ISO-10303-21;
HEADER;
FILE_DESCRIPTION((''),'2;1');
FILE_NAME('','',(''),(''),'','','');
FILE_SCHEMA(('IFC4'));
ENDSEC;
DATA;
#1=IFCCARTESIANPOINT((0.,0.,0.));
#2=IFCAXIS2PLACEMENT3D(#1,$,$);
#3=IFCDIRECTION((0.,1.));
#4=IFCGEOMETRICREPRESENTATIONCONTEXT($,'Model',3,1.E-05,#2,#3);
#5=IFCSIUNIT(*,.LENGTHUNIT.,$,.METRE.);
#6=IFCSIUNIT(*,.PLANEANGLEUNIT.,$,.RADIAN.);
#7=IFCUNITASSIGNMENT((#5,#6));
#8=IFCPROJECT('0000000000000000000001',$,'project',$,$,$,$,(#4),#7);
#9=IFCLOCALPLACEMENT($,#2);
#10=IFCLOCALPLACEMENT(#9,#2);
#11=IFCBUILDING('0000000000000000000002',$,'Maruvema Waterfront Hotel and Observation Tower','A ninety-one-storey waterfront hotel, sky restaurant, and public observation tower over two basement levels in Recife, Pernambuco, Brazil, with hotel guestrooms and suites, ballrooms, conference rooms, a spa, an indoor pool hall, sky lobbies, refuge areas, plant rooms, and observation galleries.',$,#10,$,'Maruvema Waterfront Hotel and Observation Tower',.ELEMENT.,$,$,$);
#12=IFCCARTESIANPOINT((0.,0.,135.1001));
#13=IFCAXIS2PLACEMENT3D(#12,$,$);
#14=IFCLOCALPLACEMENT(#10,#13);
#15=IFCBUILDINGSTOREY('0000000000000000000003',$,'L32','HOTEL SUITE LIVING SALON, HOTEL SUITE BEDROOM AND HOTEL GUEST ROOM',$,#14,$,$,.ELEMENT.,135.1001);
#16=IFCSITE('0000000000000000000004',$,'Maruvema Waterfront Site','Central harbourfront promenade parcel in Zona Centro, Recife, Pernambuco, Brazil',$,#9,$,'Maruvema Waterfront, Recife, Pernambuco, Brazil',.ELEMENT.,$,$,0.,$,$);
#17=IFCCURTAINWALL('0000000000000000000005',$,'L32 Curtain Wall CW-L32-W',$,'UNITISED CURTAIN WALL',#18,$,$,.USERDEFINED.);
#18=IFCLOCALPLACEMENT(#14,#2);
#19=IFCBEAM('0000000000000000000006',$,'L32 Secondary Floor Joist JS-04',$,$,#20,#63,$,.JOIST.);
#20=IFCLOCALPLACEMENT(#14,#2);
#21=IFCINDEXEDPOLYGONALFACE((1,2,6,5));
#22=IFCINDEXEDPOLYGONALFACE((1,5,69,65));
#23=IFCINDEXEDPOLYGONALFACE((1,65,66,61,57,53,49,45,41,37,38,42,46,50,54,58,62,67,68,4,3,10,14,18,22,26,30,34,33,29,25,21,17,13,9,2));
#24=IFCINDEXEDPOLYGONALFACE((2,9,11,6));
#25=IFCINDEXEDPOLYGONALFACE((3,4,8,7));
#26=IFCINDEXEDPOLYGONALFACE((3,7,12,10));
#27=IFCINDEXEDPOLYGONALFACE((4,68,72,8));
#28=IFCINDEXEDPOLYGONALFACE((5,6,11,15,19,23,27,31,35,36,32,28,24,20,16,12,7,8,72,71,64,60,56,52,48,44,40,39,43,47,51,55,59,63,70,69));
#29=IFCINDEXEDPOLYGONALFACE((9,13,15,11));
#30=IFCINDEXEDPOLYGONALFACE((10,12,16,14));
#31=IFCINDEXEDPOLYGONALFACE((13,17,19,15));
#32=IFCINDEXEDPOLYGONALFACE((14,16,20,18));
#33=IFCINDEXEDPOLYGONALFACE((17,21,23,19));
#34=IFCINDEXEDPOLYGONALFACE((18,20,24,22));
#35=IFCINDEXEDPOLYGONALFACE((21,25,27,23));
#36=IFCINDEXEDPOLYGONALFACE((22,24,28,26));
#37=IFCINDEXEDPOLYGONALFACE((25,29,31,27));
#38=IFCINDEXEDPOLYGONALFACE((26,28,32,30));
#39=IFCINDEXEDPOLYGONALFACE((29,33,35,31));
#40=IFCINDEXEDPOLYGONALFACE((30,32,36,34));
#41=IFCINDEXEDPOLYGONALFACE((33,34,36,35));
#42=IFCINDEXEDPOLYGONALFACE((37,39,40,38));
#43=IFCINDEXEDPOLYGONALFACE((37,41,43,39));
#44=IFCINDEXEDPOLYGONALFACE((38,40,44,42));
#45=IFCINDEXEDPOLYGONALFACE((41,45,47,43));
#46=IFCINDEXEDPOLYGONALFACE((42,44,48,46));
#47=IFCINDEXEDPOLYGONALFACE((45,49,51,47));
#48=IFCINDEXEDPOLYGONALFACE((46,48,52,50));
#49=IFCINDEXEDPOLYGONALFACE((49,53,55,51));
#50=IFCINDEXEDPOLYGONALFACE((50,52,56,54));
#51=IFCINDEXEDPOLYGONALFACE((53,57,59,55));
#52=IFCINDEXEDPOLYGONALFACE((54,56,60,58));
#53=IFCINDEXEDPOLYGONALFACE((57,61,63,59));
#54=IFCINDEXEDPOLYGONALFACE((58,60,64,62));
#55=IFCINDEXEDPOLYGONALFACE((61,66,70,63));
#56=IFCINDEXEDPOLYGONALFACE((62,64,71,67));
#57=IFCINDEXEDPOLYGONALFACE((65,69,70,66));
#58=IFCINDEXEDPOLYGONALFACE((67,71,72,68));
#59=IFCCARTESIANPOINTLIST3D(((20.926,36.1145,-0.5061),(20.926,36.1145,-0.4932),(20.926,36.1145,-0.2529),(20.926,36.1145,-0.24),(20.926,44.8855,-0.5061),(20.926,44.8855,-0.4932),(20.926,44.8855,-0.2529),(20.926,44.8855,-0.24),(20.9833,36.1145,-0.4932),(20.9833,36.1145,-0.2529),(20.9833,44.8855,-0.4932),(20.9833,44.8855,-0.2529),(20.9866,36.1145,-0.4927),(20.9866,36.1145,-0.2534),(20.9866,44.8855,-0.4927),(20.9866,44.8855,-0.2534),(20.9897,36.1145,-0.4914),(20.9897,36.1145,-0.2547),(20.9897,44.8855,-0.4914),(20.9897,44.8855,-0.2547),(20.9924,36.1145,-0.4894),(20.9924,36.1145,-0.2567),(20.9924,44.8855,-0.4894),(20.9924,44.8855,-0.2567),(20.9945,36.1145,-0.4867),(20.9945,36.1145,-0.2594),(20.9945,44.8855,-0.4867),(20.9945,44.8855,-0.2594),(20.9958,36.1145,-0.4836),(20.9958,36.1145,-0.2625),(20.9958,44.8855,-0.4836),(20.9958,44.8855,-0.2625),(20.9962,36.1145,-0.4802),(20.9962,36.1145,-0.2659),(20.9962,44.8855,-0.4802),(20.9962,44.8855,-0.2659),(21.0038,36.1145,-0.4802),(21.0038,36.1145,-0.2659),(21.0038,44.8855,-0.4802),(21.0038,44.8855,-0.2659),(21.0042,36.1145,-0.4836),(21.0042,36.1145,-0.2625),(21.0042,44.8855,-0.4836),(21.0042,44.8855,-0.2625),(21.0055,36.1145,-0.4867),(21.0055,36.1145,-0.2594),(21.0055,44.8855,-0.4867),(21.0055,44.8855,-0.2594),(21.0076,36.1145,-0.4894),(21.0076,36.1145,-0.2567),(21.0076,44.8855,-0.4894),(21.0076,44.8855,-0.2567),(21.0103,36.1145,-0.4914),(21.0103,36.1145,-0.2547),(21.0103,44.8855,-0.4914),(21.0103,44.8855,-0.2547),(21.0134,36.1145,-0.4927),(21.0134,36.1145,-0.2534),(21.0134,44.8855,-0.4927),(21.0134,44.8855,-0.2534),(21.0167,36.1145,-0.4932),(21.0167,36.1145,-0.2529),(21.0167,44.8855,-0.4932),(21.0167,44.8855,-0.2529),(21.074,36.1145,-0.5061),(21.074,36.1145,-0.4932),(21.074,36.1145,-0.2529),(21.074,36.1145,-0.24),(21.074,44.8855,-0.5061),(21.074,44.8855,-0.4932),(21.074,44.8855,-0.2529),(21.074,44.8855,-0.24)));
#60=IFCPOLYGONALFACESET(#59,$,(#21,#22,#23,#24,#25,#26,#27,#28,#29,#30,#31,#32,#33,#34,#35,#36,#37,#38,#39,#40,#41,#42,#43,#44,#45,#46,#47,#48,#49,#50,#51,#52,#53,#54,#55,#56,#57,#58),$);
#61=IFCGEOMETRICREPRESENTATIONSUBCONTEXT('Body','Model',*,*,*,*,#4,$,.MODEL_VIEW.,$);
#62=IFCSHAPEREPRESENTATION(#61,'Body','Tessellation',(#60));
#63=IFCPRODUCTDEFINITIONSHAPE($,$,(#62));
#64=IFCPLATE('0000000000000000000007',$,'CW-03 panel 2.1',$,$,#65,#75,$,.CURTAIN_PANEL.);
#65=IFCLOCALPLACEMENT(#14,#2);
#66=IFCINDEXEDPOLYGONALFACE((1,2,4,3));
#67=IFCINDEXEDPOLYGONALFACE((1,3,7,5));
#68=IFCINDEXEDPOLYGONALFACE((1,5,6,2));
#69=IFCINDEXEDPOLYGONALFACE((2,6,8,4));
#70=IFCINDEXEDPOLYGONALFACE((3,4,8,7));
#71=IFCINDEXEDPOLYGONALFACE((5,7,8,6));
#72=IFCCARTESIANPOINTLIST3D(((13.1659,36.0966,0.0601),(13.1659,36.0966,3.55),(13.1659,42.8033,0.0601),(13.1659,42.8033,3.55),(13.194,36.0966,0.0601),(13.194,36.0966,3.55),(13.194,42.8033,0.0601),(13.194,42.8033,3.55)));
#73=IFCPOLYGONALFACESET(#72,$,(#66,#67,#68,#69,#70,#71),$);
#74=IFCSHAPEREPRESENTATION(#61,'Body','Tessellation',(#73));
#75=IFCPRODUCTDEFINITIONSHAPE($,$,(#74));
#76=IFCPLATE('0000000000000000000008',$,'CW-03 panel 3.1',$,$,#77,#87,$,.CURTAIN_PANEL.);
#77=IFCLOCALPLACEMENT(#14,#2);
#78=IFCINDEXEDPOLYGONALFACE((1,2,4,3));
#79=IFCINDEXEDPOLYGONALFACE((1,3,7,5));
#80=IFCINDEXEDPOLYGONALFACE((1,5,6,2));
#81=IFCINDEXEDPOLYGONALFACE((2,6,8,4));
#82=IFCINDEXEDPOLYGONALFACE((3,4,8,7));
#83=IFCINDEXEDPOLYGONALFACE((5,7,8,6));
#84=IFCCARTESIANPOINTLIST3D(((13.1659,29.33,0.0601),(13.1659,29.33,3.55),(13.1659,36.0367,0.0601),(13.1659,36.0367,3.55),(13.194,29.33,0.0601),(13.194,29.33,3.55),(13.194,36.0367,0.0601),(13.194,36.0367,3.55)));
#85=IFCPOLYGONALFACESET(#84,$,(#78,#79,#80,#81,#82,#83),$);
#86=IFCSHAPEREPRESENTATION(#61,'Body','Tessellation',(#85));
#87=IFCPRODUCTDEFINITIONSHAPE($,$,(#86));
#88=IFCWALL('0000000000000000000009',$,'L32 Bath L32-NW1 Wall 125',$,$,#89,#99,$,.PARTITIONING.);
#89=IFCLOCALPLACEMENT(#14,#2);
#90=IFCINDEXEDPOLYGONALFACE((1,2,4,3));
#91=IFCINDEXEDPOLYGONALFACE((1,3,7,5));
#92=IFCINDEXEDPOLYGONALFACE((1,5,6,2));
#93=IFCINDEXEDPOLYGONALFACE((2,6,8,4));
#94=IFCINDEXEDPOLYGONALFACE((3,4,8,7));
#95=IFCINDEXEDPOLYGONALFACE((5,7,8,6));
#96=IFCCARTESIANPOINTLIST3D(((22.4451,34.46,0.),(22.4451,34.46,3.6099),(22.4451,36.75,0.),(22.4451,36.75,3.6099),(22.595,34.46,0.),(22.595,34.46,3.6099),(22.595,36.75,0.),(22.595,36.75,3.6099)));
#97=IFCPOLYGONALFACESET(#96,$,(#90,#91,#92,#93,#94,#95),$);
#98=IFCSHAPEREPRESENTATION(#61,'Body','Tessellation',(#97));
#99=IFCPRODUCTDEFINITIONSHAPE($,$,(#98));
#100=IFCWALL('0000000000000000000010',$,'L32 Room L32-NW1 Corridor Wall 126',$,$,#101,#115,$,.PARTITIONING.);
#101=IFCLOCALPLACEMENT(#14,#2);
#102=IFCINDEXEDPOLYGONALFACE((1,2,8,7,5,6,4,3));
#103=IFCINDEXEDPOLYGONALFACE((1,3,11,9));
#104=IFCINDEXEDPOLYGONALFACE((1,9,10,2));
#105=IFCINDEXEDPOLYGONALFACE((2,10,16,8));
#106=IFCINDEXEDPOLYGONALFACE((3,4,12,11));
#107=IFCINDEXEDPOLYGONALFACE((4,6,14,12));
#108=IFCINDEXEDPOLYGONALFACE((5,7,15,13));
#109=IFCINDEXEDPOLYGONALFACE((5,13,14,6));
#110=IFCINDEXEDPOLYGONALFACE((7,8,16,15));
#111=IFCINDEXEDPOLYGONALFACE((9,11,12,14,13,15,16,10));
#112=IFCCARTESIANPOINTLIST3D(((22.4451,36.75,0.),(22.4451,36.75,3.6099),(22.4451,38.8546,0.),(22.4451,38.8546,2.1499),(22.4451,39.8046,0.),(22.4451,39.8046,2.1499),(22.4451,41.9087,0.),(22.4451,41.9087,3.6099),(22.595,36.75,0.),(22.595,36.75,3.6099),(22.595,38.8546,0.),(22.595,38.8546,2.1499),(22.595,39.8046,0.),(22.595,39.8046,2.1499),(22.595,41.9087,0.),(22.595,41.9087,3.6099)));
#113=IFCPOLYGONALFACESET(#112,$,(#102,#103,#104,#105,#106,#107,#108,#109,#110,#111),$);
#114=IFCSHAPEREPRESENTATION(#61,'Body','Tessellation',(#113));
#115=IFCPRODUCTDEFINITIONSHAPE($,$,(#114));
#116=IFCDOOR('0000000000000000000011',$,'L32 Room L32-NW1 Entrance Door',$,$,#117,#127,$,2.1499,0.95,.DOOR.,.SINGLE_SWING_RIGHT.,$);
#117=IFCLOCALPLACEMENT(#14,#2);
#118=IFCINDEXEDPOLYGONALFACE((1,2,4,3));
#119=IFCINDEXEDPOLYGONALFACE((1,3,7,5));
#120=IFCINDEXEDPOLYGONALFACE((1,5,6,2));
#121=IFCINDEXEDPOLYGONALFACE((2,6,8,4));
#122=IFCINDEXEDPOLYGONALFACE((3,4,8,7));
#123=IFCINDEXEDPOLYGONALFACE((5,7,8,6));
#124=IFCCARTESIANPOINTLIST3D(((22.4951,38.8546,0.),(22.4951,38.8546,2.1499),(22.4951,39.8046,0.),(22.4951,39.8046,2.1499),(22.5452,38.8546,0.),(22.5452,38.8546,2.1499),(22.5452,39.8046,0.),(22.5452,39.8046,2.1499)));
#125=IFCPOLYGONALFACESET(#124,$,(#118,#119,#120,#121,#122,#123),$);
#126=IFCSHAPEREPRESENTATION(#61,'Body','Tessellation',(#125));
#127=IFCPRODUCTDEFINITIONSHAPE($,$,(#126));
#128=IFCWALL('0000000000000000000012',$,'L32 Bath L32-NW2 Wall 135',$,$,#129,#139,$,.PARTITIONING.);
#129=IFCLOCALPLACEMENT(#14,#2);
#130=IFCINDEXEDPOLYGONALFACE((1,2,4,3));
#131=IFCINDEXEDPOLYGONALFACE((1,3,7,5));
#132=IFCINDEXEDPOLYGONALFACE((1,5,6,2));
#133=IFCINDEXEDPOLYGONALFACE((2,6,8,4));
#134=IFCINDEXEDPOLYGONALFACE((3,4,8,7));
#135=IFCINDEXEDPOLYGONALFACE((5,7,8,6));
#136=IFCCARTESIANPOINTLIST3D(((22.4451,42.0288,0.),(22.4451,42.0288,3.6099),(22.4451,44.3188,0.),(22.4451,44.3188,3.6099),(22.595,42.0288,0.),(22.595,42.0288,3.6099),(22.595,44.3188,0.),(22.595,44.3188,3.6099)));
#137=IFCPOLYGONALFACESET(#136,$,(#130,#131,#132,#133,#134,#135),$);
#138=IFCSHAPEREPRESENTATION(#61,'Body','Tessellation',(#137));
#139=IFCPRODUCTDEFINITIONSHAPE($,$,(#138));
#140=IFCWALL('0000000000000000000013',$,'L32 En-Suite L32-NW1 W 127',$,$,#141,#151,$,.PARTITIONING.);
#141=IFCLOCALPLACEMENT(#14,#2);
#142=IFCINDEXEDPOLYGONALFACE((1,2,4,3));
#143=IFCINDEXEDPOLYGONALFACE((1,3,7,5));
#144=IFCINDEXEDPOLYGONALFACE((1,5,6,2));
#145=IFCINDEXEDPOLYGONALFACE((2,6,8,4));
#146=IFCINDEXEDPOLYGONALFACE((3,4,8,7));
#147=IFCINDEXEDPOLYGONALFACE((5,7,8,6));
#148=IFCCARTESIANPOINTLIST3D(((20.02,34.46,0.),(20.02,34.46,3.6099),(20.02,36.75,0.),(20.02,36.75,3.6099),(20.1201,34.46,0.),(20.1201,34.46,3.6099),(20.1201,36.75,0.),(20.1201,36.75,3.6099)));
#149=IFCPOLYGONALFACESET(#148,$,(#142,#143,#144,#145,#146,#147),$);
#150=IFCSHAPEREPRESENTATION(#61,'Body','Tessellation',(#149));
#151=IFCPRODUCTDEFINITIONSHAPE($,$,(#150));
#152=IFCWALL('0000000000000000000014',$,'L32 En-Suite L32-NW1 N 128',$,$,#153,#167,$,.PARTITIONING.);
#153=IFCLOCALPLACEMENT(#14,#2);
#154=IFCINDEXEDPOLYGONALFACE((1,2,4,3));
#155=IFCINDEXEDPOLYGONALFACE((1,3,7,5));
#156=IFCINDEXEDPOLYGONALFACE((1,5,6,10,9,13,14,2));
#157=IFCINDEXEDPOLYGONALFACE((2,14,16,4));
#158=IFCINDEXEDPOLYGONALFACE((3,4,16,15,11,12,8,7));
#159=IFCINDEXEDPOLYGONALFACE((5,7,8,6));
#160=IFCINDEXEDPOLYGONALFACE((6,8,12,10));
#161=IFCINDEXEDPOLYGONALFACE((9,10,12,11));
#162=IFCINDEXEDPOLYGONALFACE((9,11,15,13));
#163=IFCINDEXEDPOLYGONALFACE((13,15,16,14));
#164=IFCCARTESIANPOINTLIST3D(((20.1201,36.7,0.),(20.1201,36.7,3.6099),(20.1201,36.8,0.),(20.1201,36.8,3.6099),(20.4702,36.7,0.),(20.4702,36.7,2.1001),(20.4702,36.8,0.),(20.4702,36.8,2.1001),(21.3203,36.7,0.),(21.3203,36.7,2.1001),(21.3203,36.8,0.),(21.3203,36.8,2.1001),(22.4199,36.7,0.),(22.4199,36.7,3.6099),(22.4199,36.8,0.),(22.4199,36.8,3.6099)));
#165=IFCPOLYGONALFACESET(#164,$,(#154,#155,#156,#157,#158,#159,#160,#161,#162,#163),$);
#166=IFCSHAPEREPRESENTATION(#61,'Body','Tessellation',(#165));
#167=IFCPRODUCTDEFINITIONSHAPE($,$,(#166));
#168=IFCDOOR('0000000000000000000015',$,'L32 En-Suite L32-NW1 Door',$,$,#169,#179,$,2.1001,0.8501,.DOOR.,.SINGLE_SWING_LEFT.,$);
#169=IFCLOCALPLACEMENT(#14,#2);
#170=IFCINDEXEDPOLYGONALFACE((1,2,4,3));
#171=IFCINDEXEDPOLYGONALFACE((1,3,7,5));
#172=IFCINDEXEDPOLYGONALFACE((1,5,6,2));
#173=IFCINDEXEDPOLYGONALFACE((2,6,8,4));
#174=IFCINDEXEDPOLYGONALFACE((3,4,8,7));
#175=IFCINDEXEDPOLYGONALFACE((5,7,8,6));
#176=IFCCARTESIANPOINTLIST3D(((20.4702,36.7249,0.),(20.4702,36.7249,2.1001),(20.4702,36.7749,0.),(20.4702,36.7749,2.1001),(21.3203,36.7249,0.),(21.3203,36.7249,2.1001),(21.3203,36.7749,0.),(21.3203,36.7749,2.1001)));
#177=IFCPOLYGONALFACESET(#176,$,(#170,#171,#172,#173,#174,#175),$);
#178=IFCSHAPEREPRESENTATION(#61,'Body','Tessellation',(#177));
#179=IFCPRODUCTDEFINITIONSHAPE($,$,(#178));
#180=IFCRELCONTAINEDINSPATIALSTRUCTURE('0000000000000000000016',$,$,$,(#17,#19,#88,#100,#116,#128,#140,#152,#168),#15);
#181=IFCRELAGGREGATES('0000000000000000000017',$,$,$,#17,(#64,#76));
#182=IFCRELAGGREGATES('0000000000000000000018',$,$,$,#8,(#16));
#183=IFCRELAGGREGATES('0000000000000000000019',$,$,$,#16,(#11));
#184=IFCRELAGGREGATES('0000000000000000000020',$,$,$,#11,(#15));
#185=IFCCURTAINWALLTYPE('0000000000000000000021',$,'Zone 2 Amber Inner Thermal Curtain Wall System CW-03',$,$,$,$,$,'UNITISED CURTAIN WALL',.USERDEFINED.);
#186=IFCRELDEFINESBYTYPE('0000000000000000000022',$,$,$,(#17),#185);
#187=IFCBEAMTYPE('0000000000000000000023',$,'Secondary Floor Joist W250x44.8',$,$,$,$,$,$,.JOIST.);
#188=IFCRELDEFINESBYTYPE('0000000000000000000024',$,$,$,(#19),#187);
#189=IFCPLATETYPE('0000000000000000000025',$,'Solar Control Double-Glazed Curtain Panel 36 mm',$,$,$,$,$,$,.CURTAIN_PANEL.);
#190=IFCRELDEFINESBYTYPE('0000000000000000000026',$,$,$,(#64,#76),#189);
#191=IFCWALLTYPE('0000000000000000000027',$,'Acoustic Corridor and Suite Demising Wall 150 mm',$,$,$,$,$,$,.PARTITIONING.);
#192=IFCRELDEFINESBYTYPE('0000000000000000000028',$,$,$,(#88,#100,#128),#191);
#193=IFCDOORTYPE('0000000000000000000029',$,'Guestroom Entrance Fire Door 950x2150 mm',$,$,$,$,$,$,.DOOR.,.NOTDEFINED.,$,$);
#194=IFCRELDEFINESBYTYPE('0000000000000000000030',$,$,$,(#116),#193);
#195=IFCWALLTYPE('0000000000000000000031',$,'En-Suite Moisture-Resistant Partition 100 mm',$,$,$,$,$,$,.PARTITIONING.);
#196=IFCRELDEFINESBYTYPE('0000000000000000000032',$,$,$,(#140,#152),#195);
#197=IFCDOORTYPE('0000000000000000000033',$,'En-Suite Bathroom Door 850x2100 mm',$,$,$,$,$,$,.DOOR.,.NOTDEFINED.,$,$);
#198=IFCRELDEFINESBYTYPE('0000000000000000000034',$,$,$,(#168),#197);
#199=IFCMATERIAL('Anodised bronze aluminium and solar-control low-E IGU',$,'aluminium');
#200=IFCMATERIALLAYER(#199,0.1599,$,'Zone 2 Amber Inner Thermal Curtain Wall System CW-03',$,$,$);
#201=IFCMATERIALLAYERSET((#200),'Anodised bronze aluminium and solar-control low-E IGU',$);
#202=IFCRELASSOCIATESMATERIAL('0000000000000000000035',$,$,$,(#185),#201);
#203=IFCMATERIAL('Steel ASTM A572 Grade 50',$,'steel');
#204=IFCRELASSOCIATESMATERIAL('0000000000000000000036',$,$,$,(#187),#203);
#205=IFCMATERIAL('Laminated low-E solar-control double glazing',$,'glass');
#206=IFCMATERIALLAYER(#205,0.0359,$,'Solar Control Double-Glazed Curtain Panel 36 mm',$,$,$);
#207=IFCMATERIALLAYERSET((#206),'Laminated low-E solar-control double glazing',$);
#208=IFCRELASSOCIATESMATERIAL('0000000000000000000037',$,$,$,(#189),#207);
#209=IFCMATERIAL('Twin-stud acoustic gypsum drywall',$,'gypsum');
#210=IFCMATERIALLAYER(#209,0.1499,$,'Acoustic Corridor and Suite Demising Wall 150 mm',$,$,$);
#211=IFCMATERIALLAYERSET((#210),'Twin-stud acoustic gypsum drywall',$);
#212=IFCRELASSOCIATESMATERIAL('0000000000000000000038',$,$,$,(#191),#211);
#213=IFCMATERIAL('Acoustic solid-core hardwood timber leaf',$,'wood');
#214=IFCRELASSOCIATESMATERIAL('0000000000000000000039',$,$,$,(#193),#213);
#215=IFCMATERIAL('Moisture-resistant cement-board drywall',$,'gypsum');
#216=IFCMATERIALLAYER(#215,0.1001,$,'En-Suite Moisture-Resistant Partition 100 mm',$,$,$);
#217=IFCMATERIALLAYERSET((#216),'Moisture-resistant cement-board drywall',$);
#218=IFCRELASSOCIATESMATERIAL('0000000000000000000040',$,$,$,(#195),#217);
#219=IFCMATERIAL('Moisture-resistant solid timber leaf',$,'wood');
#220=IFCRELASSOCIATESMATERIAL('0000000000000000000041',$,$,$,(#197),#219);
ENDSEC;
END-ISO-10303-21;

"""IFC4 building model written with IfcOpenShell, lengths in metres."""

from ifc_helpers import new_model, si_unit, direction, frame, frame_2d, origin, origin_2d, place, context, subcontext, project, spatial, rectangle, i_section, extrude, material, layer, layer_set, material_profile, profile_set, type_object, element, fill, aggregate, save


model = new_model("IFC4")

# Units and contexts
model_context = context("Model", 3, precision=1e-05, world=origin(), true_north=direction((0.0, 1.0)))
body_context = subcontext(model_context, "Body", "Model", "MODEL_VIEW")
ifc_project = project(units=[si_unit("LENGTHUNIT", "METRE"), si_unit("PLANEANGLEUNIT", "RADIAN")], contexts=[model_context])

# Site, building, storey
site_placement = place(None, origin())
site = spatial("IfcSite", under=ifc_project, at=site_placement, Name="Maruvema Waterfront Site", Description="Central harbourfront promenade parcel in Zona Centro, Recife, Pernambuco, Brazil", LongName="Maruvema Waterfront, Recife, Pernambuco, Brazil", CompositionType="ELEMENT", RefElevation=0.0)
building_placement = place(site_placement, origin())
building = spatial("IfcBuilding", under=site, at=building_placement, Name="Maruvema Waterfront Hotel and Observation Tower", Description="A ninety-one-storey waterfront hotel, sky restaurant, and public observation tower over two basement levels in Recife, Pernambuco, Brazil, with hotel guestrooms and suites, ballrooms, conference rooms, a spa, an indoor pool hall, sky lobbies, refuge areas, plant rooms, and observation galleries.", LongName="Maruvema Waterfront Hotel and Observation Tower", CompositionType="ELEMENT")
storey_placement = place(building_placement, frame((0.0, 0.0, 135.1001)))
storey = spatial("IfcBuildingStorey", under=building, at=storey_placement, Name="L32", Description="HOTEL SUITE LIVING SALON, HOTEL SUITE BEDROOM AND HOTEL GUEST ROOM", CompositionType="ELEMENT", Elevation=135.1001)

# Curtain wall
ifc_material_1 = material(Name="Anodised bronze aluminium and solar-control low-E IGU", Category="aluminium")
ifc_layer_1 = layer(ifc_material_1, 0.1599, Name="Zone 2 Amber Inner Thermal Curtain Wall System CW-03")
ifc_layer_set_1 = layer_set([ifc_layer_1], Name="Anodised bronze aluminium and solar-control low-E IGU")
curtain_wall_type = type_object("IfcCurtainWallType", Name="Zone 2 Amber Inner Thermal Curtain Wall System CW-03", ElementType="UNITISED CURTAIN WALL", PredefinedType="USERDEFINED", material=ifc_layer_set_1)
curtain_wall_placement = place(storey_placement, origin())
curtain_wall = element("IfcCurtainWall", 1, at=curtain_wall_placement, inside=storey, type_object=curtain_wall_type, Name="L32 Curtain Wall CW-L32-W", ObjectType="UNITISED CURTAIN WALL", PredefinedType="USERDEFINED")

# Beam
ifc_material_2 = material(Name="Steel ASTM A572 Grade 50", Category="steel")
ifc_material_profile_1 = material_profile(ifc_material_2, i_section(OverallWidth=0.1479, OverallDepth=0.2661, WebThickness=0.0076, FlangeThickness=0.0129, FilletRadius=0.0129, at=origin_2d()), Name="W250x44.8")
ifc_profile_set_1 = profile_set([ifc_material_profile_1], Name="Steel ASTM A572 Grade 50")
beam_type_1 = type_object("IfcBeamType", Name="Secondary Floor Joist W250x44.8", PredefinedType="JOIST", material=ifc_profile_set_1)
beam_1_placement = place(storey_placement, frame((21.0, 36.1145, -0.373), z_axis=(0.0, 1.0, 0.0), x_axis=(-1.0, 0.0, 0.0)))
element("IfcBeam", 2, at=beam_1_placement, inside=storey, type_object=beam_type_1, Name="L32 Secondary Floor Joist JS-04", PredefinedType="JOIST", context=body_context, shape_type="SweptSolid", body=[
    extrude(i_section(OverallWidth=0.1479, OverallDepth=0.2661, WebThickness=0.0076, FlangeThickness=0.0129, FilletRadius=0.0129, at=origin_2d()), origin(), (0.0, 0.0, 1.0), 8.771),
])

# Plates
ifc_material_3 = material(Name="Laminated low-E solar-control double glazing", Category="glass")
ifc_layer_2 = layer(ifc_material_3, 0.0359, Name="Solar Control Double-Glazed Curtain Panel 36 mm")
ifc_layer_set_2 = layer_set([ifc_layer_2], Name="Laminated low-E solar-control double glazing")
plate_type = type_object("IfcPlateType", Name="Solar Control Double-Glazed Curtain Panel 36 mm", PredefinedType="CURTAIN_PANEL", material=ifc_layer_set_2)
plate_1_placement = place(storey_placement, frame((13.1799, 39.45, 0.0601), z_axis=(0.0, 0.0, 1.0), x_axis=(0.0, -1.0, 0.0)))
plate_1 = element("IfcPlate", 3, at=plate_1_placement, type_object=plate_type, Name="CW-03 panel 2.1", PredefinedType="CURTAIN_PANEL", context=body_context, shape_type="SweptSolid", body=[
    extrude(rectangle(XDim=6.7068, YDim=0.0281, at=origin_2d()), origin(), (0.0, 0.0, 1.0), 3.49),
])
plate_2_placement = place(storey_placement, frame((13.1799, 32.6833, 0.0601), z_axis=(0.0, 0.0, 1.0), x_axis=(0.0, -1.0, 0.0)))
plate_2 = element("IfcPlate", 4, at=plate_2_placement, type_object=plate_type, Name="CW-03 panel 3.1", PredefinedType="CURTAIN_PANEL", context=body_context, shape_type="SweptSolid", body=[
    extrude(rectangle(XDim=6.7068, YDim=0.0281, at=origin_2d()), origin(), (0.0, 0.0, 1.0), 3.49),
])
aggregate(curtain_wall, [plate_1, plate_2])

# Wall
ifc_material_4 = material(Name="Twin-stud acoustic gypsum drywall", Category="gypsum")
ifc_layer_3 = layer(ifc_material_4, 0.1499, Name="Acoustic Corridor and Suite Demising Wall 150 mm")
ifc_layer_set_3 = layer_set([ifc_layer_3], Name="Twin-stud acoustic gypsum drywall")
wall_type_1 = type_object("IfcWallType", Name="Acoustic Corridor and Suite Demising Wall 150 mm", PredefinedType="PARTITIONING", material=ifc_layer_set_3)
wall_1_placement = place(storey_placement, frame((22.52, 34.46, 0.0), z_axis=(0.0, 0.0, 1.0), x_axis=(0.0, 1.0, 0.0)))
element("IfcWall", 5, at=wall_1_placement, inside=storey, type_object=wall_type_1, Name="L32 Bath L32-NW1 Wall 125", PredefinedType="PARTITIONING", context=body_context, shape_type="SweptSolid", body=[
    extrude(rectangle(XDim=2.29, YDim=0.1499, at=frame_2d((1.145, 0.0))), origin(), (0.0, 0.0, 1.0), 3.6099),
])

# Wall, opening, door
wall_2_placement = place(storey_placement, frame((22.52, 36.75, 0.0), z_axis=(0.0, 0.0, 1.0), x_axis=(0.0, 1.0, 0.0)))
wall_2 = element("IfcWall", 6, at=wall_2_placement, inside=storey, type_object=wall_type_1, Name="L32 Room L32-NW1 Corridor Wall 126", PredefinedType="PARTITIONING", context=body_context, shape_type="SweptSolid", body=[
    extrude(rectangle(XDim=5.1587, YDim=0.1499, at=frame_2d((2.5793, 0.0))), origin(), (0.0, 0.0, 1.0), 3.6099),
])
opening_1_placement = place(wall_2_placement, frame((2.1045, 0.0, 0.0)))
opening_1 = element("IfcOpeningElement", 7, at=opening_1_placement, cuts=wall_2, PredefinedType="OPENING", context=body_context, shape_type="SweptSolid", body=[
    extrude(rectangle(XDim=0.95, YDim=2.1499, at=frame_2d((0.4751, 1.075))), frame((0.0, 0.085, 0.0), z_axis=(0.0, -1.0, 0.0), x_axis=(1.0, 0.0, 0.0)), (0.0, 0.0, 1.0), 0.1699),
])
ifc_material_5 = material(Name="Acoustic solid-core hardwood timber leaf", Category="wood")
door_type_1 = type_object("IfcDoorType", Name="Guestroom Entrance Fire Door 950x2150 mm", OperationType="NOTDEFINED", PredefinedType="DOOR", material=ifc_material_5)
door_1_placement = place(opening_1_placement, origin())
door_1 = element("IfcDoor", 8, at=door_1_placement, inside=storey, type_object=door_type_1, Name="L32 Room L32-NW1 Entrance Door", OperationType="SINGLE_SWING_RIGHT", OverallHeight=2.1499, OverallWidth=0.95, PredefinedType="DOOR", context=body_context, shape_type="SweptSolid", body=[
    extrude(rectangle(XDim=0.95, YDim=2.1499, at=frame_2d((0.4751, 1.075))), frame((0.0, 0.0249, 0.0), z_axis=(0.0, -1.0, 0.0), x_axis=(1.0, 0.0, 0.0)), (0.0, 0.0, 1.0), 0.05),
])
fill(opening_1, door_1)

# Walls
wall_3_placement = place(storey_placement, frame((22.52, 42.0288, 0.0), z_axis=(0.0, 0.0, 1.0), x_axis=(0.0, 1.0, 0.0)))
element("IfcWall", 9, at=wall_3_placement, inside=storey, type_object=wall_type_1, Name="L32 Bath L32-NW2 Wall 135", PredefinedType="PARTITIONING", context=body_context, shape_type="SweptSolid", body=[
    extrude(rectangle(XDim=2.29, YDim=0.1499, at=frame_2d((1.145, 0.0))), origin(), (0.0, 0.0, 1.0), 3.6099),
])
ifc_material_6 = material(Name="Moisture-resistant cement-board drywall", Category="gypsum")
ifc_layer_4 = layer(ifc_material_6, 0.1001, Name="En-Suite Moisture-Resistant Partition 100 mm")
ifc_layer_set_4 = layer_set([ifc_layer_4], Name="Moisture-resistant cement-board drywall")
wall_type_2 = type_object("IfcWallType", Name="En-Suite Moisture-Resistant Partition 100 mm", PredefinedType="PARTITIONING", material=ifc_layer_set_4)
wall_4_placement = place(storey_placement, frame((20.0701, 34.46, 0.0), z_axis=(0.0, 0.0, 1.0), x_axis=(0.0, 1.0, 0.0)))
element("IfcWall", 10, at=wall_4_placement, inside=storey, type_object=wall_type_2, Name="L32 En-Suite L32-NW1 W 127", PredefinedType="PARTITIONING", context=body_context, shape_type="SweptSolid", body=[
    extrude(rectangle(XDim=2.29, YDim=0.1001, at=frame_2d((1.145, 0.0))), origin(), (0.0, 0.0, 1.0), 3.6099),
])

# Wall, opening, door
wall_5_placement = place(storey_placement, frame((20.1201, 36.75, 0.0), z_axis=(0.0, 0.0, 1.0), x_axis=(1.0, 0.0, 0.0)))
wall_5 = element("IfcWall", 11, at=wall_5_placement, inside=storey, type_object=wall_type_2, Name="L32 En-Suite L32-NW1 N 128", PredefinedType="PARTITIONING", context=body_context, shape_type="SweptSolid", body=[
    extrude(rectangle(XDim=2.2998, YDim=0.1001, at=frame_2d((1.1499, 0.0))), origin(), (0.0, 0.0, 1.0), 3.6099),
])
opening_2_placement = place(wall_5_placement, frame((0.3501, 0.0, 0.0)))
opening_2 = element("IfcOpeningElement", 12, at=opening_2_placement, cuts=wall_5, PredefinedType="OPENING", context=body_context, shape_type="SweptSolid", body=[
    extrude(rectangle(XDim=0.8501, YDim=2.1001, at=frame_2d((0.425, 1.05))), frame((0.0, 0.0601, 0.0), z_axis=(0.0, -1.0, 0.0), x_axis=(1.0, 0.0, 0.0)), (0.0, 0.0, 1.0), 0.1201),
])
ifc_material_7 = material(Name="Moisture-resistant solid timber leaf", Category="wood")
door_type_2 = type_object("IfcDoorType", Name="En-Suite Bathroom Door 850x2100 mm", OperationType="NOTDEFINED", PredefinedType="DOOR", material=ifc_material_7)
door_2_placement = place(opening_2_placement, origin())
door_2 = element("IfcDoor", 13, at=door_2_placement, inside=storey, type_object=door_type_2, Name="L32 En-Suite L32-NW1 Door", OperationType="SINGLE_SWING_LEFT", OverallHeight=2.1001, OverallWidth=0.8501, PredefinedType="DOOR", context=body_context, shape_type="SweptSolid", body=[
    extrude(rectangle(XDim=0.8501, YDim=2.1001, at=frame_2d((0.425, 1.05))), frame((0.0, 0.0249, 0.0), z_axis=(0.0, -1.0, 0.0), x_axis=(1.0, 0.0, 0.0)), (0.0, 0.0, 1.0), 0.05),
])
fill(opening_2, door_2)

save(model, "model.ifc")
